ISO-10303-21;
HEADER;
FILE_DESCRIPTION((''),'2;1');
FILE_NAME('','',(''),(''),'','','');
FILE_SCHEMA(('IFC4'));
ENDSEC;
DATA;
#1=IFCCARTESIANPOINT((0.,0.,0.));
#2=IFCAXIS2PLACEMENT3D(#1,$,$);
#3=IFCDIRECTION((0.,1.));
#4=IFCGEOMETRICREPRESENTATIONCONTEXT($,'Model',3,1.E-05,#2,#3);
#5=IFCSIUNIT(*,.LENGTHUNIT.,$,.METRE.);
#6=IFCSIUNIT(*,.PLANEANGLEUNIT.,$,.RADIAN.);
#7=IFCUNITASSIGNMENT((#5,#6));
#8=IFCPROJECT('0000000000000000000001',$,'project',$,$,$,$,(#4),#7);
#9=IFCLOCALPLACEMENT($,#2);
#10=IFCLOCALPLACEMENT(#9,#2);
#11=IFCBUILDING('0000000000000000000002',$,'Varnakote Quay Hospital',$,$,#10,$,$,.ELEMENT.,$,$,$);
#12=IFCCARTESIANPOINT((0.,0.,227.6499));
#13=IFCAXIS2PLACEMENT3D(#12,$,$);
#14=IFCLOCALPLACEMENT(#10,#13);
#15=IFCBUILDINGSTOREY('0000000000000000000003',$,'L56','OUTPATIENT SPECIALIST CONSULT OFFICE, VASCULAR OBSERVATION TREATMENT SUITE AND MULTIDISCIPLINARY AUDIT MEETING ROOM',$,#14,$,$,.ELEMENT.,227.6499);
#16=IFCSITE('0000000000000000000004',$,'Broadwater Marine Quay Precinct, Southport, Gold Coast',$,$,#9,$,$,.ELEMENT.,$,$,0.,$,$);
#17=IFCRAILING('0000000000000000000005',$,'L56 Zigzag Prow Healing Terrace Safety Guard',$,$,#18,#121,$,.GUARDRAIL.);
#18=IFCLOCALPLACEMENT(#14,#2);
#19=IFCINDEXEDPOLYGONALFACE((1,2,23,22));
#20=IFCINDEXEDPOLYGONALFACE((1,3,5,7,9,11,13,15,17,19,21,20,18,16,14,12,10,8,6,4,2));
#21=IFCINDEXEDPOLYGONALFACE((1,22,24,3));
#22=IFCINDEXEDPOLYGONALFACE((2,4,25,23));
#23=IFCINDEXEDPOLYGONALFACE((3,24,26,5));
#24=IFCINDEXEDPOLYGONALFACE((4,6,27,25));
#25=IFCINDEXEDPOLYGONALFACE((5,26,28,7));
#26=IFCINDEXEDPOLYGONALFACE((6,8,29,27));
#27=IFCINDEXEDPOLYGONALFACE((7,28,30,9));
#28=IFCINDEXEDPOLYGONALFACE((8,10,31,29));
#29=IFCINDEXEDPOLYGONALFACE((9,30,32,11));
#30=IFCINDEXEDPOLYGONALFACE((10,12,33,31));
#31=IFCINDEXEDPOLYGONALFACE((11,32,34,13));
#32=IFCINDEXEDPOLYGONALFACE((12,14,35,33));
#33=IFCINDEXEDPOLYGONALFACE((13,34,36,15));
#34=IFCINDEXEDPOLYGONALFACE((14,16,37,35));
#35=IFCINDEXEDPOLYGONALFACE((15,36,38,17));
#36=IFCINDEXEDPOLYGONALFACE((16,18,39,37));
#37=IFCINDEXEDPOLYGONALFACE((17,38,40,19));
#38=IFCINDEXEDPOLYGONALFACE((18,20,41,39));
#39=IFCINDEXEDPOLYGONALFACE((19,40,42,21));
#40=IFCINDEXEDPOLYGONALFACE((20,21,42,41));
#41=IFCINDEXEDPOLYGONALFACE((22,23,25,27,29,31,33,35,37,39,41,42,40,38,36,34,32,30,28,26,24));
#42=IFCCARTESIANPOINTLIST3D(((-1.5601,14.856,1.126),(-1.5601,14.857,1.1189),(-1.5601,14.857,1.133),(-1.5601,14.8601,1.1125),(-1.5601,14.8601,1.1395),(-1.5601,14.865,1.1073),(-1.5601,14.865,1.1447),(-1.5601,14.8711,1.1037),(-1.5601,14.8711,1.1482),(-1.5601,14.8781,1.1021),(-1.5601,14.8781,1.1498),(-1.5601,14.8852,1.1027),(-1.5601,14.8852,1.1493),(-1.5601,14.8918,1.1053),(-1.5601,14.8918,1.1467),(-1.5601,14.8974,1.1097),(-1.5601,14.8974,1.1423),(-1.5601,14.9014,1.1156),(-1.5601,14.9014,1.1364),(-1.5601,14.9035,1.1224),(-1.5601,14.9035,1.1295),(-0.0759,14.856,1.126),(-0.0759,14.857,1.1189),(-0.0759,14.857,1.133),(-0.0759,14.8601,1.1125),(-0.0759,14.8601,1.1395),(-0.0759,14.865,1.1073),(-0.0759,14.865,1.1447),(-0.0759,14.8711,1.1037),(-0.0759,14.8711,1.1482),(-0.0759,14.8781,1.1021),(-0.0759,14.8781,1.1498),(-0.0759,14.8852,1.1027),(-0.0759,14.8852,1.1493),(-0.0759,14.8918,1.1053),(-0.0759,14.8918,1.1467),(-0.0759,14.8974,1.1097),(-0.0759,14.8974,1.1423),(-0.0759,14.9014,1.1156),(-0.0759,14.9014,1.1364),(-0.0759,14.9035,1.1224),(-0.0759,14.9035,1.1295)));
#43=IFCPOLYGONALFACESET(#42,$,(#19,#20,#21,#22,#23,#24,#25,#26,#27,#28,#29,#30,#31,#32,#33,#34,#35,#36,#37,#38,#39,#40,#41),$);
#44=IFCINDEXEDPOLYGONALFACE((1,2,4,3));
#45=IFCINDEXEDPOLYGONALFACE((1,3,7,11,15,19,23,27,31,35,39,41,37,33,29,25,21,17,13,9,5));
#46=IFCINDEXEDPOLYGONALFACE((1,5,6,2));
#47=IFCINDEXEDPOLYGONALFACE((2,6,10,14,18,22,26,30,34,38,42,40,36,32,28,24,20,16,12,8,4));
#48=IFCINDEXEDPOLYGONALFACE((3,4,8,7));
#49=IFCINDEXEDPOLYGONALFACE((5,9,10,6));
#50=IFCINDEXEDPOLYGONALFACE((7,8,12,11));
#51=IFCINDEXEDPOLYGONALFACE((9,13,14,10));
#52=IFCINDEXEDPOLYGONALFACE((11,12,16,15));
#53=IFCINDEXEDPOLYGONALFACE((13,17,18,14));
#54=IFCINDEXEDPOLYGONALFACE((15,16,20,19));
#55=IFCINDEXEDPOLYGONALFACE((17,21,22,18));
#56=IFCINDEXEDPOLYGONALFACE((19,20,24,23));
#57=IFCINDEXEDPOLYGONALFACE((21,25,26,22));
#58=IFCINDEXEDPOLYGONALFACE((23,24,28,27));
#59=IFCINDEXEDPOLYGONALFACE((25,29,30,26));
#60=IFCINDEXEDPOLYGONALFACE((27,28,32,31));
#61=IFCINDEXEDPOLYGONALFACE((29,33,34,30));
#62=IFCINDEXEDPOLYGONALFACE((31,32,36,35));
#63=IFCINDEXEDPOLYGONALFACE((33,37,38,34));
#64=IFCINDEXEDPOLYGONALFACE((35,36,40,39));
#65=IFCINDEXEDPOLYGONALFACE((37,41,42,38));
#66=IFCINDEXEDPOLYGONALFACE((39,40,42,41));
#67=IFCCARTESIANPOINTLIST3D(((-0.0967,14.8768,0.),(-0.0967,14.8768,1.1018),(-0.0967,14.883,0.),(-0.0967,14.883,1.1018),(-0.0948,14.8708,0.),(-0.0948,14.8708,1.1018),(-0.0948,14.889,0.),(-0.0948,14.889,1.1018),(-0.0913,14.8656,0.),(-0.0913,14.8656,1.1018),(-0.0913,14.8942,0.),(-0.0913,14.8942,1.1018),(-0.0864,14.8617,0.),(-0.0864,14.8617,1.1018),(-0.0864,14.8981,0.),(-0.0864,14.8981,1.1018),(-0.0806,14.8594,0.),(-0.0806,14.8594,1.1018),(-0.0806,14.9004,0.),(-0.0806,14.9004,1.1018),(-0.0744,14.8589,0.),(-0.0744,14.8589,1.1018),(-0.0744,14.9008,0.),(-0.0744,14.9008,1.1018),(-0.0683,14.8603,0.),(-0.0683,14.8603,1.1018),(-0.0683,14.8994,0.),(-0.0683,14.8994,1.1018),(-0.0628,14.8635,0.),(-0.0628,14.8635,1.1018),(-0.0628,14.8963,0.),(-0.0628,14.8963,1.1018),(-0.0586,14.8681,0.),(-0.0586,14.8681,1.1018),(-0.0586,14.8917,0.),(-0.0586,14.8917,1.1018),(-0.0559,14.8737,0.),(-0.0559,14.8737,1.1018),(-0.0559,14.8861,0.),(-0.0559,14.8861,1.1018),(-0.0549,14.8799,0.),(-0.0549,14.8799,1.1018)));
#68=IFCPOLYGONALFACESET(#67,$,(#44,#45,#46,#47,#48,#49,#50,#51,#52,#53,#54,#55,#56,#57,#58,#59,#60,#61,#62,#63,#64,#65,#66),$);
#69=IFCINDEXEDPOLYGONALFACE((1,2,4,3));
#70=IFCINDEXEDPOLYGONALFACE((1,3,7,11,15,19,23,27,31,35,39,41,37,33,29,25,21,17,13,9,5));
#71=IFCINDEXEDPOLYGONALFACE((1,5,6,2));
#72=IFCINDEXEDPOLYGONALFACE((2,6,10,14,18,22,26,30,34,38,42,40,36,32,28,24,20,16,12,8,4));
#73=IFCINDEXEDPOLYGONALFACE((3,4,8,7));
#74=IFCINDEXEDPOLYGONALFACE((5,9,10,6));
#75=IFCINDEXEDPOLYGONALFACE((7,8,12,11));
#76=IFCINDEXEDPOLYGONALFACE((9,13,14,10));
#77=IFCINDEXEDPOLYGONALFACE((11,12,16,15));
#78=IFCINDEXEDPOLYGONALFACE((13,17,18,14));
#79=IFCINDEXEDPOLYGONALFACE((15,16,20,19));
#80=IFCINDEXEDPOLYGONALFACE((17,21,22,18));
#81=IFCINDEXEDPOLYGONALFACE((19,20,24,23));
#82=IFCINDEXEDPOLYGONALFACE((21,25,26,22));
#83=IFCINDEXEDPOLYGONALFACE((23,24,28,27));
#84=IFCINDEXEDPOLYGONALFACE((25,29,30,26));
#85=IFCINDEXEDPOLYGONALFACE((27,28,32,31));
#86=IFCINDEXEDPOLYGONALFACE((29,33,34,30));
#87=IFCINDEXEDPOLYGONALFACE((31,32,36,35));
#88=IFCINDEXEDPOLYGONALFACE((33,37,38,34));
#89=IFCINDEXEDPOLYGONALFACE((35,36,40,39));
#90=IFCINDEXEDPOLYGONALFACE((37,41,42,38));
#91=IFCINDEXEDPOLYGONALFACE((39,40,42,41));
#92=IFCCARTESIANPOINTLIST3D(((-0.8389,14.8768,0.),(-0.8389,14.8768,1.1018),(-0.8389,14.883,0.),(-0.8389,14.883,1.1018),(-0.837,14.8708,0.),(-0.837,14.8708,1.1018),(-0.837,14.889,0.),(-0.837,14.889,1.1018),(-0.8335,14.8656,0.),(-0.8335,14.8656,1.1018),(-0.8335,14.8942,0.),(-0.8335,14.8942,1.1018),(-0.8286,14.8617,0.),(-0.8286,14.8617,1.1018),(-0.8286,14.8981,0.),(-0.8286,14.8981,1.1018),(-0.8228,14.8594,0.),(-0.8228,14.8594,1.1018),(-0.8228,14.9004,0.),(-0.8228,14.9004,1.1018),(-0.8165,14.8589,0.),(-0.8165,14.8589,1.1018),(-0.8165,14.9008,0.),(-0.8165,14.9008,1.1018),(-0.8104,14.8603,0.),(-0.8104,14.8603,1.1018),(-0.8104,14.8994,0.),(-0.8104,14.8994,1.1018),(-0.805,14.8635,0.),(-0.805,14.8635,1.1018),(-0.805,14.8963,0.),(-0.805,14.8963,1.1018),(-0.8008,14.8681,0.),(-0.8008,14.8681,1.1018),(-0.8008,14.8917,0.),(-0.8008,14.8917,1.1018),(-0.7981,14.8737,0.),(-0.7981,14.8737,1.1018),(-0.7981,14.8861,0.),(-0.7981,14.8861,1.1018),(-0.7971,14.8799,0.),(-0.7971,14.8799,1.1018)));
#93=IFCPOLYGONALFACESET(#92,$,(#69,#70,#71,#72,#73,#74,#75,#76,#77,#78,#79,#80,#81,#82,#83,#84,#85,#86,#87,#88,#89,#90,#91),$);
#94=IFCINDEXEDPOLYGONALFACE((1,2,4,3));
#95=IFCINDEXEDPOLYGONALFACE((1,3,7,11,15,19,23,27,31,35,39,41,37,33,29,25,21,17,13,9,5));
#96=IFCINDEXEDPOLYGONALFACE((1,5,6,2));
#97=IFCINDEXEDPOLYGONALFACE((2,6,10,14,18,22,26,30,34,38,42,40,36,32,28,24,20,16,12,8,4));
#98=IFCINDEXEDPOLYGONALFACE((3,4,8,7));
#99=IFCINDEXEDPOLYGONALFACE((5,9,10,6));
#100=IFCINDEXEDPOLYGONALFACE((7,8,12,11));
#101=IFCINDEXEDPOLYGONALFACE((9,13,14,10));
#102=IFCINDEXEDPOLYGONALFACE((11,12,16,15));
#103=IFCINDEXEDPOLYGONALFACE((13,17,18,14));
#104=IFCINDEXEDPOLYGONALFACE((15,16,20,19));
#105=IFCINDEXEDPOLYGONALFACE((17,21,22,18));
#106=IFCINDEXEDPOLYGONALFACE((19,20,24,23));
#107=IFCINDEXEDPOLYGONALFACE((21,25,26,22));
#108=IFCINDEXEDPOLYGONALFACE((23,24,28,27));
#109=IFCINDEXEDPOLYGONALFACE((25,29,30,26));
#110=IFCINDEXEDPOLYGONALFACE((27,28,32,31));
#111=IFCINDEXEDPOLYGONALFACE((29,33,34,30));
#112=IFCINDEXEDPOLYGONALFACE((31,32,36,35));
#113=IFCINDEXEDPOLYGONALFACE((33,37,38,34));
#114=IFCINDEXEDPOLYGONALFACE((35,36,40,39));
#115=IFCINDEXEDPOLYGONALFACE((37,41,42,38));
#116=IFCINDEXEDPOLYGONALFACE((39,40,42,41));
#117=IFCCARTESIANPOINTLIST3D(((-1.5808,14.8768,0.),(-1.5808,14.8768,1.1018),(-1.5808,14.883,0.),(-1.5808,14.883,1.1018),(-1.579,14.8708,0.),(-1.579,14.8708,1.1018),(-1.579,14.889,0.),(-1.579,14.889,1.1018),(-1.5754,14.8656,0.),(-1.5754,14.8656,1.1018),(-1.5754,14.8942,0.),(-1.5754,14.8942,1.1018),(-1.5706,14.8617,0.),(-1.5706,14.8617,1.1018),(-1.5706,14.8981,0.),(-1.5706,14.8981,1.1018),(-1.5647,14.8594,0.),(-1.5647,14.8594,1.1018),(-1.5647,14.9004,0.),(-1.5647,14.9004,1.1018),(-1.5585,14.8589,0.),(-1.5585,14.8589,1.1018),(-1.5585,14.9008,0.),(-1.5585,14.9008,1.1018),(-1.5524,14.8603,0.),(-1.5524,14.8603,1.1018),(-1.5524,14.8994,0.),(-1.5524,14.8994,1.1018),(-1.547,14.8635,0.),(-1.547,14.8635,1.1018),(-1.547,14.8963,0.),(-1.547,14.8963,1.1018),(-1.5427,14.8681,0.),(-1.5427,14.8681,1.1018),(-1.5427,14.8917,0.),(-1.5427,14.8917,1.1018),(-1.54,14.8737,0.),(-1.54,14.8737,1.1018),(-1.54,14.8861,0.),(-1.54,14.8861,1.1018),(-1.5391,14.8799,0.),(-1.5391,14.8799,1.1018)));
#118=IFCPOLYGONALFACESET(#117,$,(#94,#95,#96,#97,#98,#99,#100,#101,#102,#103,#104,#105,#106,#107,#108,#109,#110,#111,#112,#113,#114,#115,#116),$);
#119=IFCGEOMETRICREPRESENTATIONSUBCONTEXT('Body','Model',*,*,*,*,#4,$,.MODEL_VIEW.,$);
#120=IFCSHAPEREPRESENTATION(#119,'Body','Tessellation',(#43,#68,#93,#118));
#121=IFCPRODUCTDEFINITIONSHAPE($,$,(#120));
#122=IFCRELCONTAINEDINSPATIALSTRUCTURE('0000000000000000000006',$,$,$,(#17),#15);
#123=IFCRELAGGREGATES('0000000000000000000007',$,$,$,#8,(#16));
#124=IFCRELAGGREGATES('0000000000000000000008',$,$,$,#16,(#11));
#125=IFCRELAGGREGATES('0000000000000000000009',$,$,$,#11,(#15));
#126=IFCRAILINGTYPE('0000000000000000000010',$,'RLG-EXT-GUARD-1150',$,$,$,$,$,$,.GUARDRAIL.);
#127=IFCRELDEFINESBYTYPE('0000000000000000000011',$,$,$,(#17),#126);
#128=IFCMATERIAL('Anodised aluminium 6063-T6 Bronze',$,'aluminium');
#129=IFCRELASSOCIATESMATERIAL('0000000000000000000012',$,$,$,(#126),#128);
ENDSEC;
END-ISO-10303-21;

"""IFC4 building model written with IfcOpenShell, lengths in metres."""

from ifc_helpers import new_model, si_unit, direction, frame, origin, origin_2d, place, context, subcontext, project, spatial, circle, extrude, material, type_object, element, save


model = new_model("IFC4")

# Units and contexts
model_context = context("Model", 3, precision=1e-05, world=origin(), true_north=direction((0.0, 1.0)))
body_context = subcontext(model_context, "Body", "Model", "MODEL_VIEW")
ifc_project = project(units=[si_unit("LENGTHUNIT", "METRE"), si_unit("PLANEANGLEUNIT", "RADIAN")], contexts=[model_context])

# Site, building, storey
site_placement = place(None, origin())
site = spatial("IfcSite", under=ifc_project, at=site_placement, Name="Broadwater Marine Quay Precinct, Southport, Gold Coast", CompositionType="ELEMENT", RefElevation=0.0)
building_placement = place(site_placement, origin())
building = spatial("IfcBuilding", under=site, at=building_placement, Name="Varnakote Quay Hospital", CompositionType="ELEMENT")
storey_placement = place(building_placement, frame((0.0, 0.0, 227.6499)))
storey = spatial("IfcBuildingStorey", under=building, at=storey_placement, Name="L56", Description="OUTPATIENT SPECIALIST CONSULT OFFICE, VASCULAR OBSERVATION TREATMENT SUITE AND MULTIDISCIPLINARY AUDIT MEETING ROOM", CompositionType="ELEMENT", Elevation=227.6499)

# Railing
ifc_material_1 = material(Name="Anodised aluminium 6063-T6 Bronze", Category="aluminium")
railing_type = type_object("IfcRailingType", Name="RLG-EXT-GUARD-1150", PredefinedType="GUARDRAIL", material=ifc_material_1)
railing_1_placement = place(storey_placement, frame((-0.0759, 14.8799, 0.0)))
element("IfcRailing", 1, at=railing_1_placement, inside=storey, type_object=railing_type, Name="L56 Zigzag Prow Healing Terrace Safety Guard", PredefinedType="GUARDRAIL", context=body_context, shape_type="SweptSolid", body=[
    extrude(circle(Radius=0.0239, at=origin_2d()), frame((0.0, 0.0, 1.126), z_axis=(-1.0, 0.0, 0.0), x_axis=(0.0, -1.0, 0.0)), (0.0, 0.0, 1.0), 1.4841),
    extrude(circle(Radius=0.021, at=origin_2d()), origin(), (0.0, 0.0, 1.0), 1.1018),
    extrude(circle(Radius=0.021, at=origin_2d()), frame((-0.7422, 0.0, 0.0)), (0.0, 0.0, 1.0), 1.1018),
    extrude(circle(Radius=0.021, at=origin_2d()), frame((-1.4841, 0.0, 0.0)), (0.0, 0.0, 1.0), 1.1018),
])

save(model, "model.ifc")
